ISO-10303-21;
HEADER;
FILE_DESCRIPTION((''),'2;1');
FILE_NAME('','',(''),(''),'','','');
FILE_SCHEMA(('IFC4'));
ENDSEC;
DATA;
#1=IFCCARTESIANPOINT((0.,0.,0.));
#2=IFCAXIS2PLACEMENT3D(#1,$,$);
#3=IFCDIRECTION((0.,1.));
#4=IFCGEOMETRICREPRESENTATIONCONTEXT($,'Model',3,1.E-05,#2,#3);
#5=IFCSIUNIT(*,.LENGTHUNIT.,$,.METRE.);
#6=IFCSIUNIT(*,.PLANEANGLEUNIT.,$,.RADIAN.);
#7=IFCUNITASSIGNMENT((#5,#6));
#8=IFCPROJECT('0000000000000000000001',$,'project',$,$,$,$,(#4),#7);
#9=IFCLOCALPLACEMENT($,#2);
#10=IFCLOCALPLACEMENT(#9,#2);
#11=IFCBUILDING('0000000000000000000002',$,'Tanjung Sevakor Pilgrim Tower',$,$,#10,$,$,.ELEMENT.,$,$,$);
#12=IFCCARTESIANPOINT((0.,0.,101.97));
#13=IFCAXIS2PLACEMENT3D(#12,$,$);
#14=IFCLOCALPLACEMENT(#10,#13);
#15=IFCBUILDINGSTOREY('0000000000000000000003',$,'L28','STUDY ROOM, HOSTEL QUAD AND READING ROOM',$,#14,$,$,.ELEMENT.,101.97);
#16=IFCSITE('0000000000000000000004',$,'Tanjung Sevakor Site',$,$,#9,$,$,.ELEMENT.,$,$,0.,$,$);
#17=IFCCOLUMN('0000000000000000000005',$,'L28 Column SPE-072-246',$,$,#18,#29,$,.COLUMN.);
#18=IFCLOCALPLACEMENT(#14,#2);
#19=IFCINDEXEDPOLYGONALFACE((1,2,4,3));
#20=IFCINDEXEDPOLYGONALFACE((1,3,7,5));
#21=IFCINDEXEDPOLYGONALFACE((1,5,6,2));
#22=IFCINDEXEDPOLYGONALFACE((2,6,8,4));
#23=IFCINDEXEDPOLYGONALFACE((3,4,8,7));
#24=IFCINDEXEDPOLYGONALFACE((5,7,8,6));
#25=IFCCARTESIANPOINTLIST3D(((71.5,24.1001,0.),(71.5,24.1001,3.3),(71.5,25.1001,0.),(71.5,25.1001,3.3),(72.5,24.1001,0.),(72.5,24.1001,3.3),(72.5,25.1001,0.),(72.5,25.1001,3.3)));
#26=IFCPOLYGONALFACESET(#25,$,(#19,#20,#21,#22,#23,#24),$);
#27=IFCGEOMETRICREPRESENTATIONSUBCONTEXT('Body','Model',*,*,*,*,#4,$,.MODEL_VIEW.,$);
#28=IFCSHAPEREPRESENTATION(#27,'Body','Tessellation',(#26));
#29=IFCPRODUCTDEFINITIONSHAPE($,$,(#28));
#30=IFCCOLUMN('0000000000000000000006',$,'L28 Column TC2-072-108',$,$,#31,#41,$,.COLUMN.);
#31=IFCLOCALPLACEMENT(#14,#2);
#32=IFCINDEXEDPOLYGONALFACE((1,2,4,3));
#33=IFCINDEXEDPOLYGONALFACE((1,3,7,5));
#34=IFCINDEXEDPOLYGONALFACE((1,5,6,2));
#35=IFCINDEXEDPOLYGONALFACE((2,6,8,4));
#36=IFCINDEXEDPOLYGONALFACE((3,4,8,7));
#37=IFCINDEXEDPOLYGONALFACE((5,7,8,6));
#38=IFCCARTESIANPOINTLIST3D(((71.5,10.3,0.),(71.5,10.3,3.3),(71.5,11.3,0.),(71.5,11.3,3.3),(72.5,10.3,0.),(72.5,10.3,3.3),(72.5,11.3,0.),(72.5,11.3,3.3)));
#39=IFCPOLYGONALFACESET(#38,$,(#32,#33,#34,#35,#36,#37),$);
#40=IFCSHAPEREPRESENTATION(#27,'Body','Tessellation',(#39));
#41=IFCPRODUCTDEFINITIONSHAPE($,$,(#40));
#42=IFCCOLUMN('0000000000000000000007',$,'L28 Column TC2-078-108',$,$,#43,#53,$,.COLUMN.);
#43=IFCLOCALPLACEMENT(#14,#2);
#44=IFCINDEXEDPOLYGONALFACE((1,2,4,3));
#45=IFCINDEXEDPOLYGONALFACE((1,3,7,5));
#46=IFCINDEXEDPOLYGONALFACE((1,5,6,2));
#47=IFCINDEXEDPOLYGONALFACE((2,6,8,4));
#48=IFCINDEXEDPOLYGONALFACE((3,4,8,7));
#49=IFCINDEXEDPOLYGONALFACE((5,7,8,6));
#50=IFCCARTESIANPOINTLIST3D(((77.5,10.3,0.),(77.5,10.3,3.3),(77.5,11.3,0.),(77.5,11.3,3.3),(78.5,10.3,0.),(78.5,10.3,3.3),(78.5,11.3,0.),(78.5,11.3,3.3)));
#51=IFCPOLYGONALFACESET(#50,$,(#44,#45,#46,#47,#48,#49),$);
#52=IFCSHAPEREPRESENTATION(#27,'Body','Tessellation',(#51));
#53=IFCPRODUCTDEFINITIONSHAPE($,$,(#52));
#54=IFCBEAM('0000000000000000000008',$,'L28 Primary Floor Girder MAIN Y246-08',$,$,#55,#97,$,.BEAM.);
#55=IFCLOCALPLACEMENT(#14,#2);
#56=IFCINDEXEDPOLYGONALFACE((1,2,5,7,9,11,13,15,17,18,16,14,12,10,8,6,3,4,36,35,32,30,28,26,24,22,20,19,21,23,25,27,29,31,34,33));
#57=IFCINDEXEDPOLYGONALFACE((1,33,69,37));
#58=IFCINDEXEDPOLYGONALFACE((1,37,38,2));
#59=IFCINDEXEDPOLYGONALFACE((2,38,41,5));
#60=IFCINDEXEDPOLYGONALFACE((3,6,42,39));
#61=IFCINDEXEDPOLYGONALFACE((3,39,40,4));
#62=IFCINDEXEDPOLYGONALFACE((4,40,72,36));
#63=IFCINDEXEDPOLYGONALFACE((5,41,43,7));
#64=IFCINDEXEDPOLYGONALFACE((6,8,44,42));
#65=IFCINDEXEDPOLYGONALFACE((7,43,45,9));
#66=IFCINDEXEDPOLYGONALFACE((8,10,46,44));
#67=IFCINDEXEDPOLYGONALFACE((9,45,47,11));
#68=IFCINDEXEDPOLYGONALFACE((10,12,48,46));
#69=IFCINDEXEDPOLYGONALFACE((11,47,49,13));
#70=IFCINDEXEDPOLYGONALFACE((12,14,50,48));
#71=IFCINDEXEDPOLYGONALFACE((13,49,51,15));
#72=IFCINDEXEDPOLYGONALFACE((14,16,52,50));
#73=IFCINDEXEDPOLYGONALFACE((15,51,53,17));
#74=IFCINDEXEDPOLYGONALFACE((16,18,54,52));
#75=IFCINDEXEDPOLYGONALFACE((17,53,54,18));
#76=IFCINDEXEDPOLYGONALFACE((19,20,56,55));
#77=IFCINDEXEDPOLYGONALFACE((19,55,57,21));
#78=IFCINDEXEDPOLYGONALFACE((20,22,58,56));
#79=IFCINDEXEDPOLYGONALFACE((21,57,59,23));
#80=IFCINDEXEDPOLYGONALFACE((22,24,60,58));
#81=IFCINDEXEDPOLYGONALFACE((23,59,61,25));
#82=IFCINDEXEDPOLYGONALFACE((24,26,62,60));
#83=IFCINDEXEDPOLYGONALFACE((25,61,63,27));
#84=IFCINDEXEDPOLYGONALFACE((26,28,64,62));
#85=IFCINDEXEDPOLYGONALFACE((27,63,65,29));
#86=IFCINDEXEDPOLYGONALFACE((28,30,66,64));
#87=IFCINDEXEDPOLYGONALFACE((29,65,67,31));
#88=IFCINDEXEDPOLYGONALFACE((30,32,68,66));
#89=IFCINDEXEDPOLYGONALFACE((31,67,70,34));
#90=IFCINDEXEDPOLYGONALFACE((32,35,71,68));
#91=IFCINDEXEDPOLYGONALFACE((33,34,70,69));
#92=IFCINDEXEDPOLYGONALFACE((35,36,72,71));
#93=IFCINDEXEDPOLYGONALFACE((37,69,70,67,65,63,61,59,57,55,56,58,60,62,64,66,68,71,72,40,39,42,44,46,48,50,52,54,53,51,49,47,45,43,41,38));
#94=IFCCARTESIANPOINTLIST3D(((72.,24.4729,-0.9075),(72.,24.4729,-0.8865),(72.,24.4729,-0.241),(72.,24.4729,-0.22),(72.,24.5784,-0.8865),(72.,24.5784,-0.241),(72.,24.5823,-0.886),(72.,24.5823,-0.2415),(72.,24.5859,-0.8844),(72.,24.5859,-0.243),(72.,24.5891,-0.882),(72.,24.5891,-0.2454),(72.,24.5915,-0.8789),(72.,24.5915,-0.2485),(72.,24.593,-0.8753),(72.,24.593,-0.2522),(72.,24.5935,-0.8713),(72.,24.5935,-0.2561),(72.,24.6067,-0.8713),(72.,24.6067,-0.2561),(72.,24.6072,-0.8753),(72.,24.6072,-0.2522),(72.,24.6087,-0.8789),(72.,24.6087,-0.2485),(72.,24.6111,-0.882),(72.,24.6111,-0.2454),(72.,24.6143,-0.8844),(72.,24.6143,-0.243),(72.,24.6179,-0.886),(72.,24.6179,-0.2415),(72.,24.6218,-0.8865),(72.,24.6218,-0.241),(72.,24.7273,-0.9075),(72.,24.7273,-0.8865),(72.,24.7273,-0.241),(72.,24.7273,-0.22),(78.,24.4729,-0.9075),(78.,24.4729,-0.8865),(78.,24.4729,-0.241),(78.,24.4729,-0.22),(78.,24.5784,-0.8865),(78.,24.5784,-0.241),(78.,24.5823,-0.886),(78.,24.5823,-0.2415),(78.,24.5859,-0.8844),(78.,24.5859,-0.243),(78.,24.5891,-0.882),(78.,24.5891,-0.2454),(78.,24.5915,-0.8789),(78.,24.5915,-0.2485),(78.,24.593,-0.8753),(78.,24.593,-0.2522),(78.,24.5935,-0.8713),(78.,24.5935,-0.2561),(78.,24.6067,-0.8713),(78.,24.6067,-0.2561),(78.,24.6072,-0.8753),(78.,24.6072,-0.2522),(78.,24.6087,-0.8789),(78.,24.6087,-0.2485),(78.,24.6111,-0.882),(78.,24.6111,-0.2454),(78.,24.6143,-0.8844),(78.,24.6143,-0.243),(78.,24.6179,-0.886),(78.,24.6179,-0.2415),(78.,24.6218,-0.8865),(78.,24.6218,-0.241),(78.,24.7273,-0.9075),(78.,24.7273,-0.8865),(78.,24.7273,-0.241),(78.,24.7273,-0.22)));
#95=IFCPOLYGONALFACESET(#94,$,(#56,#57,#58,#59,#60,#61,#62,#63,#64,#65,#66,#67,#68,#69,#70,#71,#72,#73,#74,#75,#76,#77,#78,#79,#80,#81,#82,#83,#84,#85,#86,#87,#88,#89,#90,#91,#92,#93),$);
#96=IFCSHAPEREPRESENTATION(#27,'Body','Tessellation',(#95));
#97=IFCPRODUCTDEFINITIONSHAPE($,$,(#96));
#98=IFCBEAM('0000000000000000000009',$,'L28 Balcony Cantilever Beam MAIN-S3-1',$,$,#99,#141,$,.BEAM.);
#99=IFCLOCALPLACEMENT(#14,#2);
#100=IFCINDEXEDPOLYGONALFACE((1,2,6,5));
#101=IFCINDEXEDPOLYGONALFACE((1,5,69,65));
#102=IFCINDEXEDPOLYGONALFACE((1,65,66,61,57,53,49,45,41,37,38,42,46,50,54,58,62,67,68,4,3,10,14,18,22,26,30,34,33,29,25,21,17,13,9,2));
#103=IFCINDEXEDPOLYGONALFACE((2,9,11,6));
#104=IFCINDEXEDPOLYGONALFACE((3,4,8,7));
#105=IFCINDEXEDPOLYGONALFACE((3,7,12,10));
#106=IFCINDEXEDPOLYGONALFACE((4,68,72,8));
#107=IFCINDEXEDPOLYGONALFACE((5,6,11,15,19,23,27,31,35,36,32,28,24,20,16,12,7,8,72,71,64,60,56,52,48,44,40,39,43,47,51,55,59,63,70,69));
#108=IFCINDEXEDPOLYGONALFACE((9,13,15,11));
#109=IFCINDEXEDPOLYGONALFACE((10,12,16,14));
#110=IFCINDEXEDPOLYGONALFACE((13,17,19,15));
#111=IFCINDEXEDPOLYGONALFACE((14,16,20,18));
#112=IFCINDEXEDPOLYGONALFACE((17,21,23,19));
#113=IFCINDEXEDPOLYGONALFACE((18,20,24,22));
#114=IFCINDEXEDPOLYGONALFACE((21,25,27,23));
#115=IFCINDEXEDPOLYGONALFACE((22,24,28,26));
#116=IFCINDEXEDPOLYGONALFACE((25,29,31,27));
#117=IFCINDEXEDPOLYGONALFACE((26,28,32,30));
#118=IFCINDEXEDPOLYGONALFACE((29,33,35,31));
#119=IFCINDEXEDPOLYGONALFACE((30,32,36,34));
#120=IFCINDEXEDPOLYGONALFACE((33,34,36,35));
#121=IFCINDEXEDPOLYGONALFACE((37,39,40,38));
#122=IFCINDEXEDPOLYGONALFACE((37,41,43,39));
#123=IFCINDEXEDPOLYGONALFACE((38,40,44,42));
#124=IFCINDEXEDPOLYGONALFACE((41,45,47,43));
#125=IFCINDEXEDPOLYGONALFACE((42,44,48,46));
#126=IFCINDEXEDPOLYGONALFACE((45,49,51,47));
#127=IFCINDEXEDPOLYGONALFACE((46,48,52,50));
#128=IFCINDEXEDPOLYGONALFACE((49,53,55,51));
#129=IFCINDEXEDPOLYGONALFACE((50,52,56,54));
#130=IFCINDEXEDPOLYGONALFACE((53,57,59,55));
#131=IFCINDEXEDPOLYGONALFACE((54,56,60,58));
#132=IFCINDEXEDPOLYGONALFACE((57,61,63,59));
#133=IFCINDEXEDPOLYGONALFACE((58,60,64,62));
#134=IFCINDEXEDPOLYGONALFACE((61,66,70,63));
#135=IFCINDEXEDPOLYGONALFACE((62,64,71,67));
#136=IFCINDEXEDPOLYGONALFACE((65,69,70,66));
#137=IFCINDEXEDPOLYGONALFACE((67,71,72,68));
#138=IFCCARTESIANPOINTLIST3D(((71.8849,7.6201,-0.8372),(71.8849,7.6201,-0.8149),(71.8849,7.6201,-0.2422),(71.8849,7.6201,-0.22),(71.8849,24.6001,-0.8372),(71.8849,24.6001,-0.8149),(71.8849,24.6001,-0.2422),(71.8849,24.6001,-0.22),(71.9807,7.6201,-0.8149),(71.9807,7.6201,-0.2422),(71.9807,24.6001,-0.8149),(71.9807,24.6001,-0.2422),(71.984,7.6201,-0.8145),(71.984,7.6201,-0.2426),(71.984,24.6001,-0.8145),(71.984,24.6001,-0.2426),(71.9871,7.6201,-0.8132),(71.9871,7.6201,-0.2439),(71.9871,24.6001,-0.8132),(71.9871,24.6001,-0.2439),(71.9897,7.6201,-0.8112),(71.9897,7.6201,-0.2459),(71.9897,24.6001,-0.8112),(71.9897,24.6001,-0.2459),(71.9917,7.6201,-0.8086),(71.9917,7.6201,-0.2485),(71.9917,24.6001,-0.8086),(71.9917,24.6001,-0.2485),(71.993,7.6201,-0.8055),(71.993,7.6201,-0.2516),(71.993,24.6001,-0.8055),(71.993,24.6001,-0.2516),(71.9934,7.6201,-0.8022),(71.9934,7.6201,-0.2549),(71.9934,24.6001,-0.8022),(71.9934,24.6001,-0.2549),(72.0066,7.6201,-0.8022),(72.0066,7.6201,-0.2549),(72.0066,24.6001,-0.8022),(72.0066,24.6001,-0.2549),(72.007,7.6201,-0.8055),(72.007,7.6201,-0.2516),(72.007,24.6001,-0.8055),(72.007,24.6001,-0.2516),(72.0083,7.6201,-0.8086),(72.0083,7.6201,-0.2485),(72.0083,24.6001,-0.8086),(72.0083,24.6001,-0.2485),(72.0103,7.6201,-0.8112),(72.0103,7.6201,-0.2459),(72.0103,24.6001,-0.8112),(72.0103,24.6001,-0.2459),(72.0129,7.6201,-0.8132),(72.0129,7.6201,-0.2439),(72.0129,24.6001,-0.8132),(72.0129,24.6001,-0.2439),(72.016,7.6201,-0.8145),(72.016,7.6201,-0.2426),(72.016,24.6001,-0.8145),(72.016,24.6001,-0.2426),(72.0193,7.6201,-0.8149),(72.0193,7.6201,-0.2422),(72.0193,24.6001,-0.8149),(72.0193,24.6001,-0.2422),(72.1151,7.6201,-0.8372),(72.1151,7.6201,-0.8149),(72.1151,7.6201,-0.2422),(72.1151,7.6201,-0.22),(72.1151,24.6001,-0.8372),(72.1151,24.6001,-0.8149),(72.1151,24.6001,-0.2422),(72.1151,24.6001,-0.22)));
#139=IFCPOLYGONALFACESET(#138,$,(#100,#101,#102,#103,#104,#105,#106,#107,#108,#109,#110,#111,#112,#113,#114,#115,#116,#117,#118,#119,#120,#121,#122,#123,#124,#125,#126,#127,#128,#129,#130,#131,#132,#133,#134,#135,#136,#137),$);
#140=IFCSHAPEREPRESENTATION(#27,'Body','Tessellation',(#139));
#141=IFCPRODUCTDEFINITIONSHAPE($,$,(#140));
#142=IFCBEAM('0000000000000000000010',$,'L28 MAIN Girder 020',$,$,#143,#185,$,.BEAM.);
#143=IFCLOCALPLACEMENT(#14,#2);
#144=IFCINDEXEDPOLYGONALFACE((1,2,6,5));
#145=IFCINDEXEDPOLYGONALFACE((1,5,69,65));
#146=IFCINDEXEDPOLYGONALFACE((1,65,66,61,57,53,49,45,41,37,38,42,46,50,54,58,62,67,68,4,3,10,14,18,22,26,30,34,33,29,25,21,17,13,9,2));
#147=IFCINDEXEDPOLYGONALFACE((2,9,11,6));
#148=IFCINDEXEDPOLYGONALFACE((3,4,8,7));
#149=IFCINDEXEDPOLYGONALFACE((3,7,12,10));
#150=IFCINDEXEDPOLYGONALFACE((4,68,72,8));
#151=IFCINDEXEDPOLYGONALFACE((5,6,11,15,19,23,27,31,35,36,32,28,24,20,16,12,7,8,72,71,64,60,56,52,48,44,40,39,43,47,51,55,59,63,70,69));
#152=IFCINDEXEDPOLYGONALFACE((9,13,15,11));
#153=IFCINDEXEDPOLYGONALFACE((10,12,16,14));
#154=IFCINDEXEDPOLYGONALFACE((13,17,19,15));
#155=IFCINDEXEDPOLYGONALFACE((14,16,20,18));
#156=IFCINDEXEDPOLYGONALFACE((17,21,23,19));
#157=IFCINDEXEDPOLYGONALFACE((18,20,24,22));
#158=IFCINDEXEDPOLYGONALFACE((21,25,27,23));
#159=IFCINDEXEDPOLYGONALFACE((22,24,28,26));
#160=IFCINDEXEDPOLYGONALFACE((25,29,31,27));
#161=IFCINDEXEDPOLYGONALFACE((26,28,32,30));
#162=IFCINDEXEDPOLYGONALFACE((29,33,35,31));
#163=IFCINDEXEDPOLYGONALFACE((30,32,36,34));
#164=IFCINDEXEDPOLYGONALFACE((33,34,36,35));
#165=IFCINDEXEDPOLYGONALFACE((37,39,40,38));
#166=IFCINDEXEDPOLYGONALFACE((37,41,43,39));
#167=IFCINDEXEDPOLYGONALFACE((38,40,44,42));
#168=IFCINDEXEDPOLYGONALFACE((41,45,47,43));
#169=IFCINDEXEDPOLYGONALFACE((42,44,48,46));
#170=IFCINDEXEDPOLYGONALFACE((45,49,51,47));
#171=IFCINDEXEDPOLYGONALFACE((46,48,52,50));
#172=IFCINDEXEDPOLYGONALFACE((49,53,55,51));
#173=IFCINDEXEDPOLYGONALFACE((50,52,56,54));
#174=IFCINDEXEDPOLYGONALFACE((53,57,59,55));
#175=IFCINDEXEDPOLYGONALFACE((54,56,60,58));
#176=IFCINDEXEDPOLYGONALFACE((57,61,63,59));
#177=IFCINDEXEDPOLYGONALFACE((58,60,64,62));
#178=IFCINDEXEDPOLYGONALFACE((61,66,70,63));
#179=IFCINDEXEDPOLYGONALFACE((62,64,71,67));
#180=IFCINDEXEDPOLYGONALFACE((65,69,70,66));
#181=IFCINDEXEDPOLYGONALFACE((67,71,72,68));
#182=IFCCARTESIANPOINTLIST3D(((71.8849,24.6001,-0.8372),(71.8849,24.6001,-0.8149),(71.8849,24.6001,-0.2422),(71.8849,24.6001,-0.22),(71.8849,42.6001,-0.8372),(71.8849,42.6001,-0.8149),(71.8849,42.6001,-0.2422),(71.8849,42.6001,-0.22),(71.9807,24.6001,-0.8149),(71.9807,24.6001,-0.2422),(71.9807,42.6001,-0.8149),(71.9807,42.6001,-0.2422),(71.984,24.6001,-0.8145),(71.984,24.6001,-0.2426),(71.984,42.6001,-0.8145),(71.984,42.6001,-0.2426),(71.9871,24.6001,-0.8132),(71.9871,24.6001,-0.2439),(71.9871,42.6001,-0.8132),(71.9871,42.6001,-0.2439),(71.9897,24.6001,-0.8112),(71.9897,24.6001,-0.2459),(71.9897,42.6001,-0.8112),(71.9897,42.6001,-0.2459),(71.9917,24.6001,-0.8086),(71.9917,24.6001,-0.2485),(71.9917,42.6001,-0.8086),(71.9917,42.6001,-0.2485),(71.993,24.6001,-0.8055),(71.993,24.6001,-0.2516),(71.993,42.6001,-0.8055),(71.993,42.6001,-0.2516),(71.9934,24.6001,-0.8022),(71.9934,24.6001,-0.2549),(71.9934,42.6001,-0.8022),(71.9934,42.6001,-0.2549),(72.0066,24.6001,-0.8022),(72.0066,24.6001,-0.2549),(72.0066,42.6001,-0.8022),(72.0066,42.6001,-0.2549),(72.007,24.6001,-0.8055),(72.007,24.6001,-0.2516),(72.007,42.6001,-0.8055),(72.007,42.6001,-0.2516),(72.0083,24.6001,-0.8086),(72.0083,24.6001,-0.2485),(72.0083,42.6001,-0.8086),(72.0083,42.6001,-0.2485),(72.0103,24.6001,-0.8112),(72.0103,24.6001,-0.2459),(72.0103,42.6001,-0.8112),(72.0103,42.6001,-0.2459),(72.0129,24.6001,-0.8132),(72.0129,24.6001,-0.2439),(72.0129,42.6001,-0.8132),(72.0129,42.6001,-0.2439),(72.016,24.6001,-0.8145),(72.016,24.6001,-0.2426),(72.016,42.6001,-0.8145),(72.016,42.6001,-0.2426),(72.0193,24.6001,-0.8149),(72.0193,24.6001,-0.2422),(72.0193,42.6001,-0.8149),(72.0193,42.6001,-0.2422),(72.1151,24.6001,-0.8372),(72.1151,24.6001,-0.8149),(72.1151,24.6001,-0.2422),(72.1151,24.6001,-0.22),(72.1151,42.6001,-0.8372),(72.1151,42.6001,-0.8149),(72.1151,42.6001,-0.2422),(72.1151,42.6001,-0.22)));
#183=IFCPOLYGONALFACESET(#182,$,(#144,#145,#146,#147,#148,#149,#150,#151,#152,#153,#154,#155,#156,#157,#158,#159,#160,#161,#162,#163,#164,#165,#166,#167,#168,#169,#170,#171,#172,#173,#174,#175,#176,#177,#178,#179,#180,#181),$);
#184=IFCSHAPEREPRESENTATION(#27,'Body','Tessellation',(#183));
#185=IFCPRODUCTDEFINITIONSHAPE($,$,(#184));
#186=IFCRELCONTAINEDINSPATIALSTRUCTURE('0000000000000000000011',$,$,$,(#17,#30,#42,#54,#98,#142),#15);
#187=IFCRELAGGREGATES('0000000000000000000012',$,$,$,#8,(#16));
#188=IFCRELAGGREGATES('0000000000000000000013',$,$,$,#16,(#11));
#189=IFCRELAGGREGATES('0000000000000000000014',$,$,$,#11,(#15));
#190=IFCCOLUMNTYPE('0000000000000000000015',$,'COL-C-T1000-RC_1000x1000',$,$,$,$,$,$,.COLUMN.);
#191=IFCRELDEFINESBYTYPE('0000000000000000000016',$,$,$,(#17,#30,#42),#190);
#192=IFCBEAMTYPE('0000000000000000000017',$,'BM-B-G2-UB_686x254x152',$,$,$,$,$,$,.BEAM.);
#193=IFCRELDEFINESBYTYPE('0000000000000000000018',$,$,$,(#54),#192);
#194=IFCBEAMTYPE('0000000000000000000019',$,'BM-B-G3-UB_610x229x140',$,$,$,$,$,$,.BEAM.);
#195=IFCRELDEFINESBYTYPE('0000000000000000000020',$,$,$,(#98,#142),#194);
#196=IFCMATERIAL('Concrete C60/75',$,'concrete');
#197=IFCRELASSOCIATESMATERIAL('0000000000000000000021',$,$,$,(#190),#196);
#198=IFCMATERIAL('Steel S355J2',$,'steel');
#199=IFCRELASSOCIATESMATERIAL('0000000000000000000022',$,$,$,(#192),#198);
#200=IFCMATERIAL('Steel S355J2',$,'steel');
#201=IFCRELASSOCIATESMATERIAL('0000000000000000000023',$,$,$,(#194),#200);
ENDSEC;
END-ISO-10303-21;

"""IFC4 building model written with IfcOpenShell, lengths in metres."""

from ifc_helpers import new_model, si_unit, direction, frame, origin, origin_2d, place, context, subcontext, project, spatial, rectangle, i_section, extrude, material, material_profile, profile_set, type_object, element, save


model = new_model("IFC4")

# Units and contexts
model_context = context("Model", 3, precision=1e-05, world=origin(), true_north=direction((0.0, 1.0)))
body_context = subcontext(model_context, "Body", "Model", "MODEL_VIEW")
ifc_project = project(units=[si_unit("LENGTHUNIT", "METRE"), si_unit("PLANEANGLEUNIT", "RADIAN")], contexts=[model_context])

# Site, building, storey
site_placement = place(None, origin())
site = spatial("IfcSite", under=ifc_project, at=site_placement, Name="Tanjung Sevakor Site", CompositionType="ELEMENT", RefElevation=0.0)
building_placement = place(site_placement, origin())
building = spatial("IfcBuilding", under=site, at=building_placement, Name="Tanjung Sevakor Pilgrim Tower", CompositionType="ELEMENT")
storey_placement = place(building_placement, frame((0.0, 0.0, 101.97)))
storey = spatial("IfcBuildingStorey", under=building, at=storey_placement, Name="L28", Description="STUDY ROOM, HOSTEL QUAD AND READING ROOM", CompositionType="ELEMENT", Elevation=101.97)

# Columns
ifc_material_1 = material(Name="Concrete C60/75", Category="concrete")
ifc_material_profile_1 = material_profile(ifc_material_1, rectangle(XDim=1.0, YDim=1.0, at=origin_2d()))
ifc_profile_set_1 = profile_set([ifc_material_profile_1], Name="Concrete C60/75")
column_type = type_object("IfcColumnType", Name="COL-C-T1000-RC_1000x1000", PredefinedType="COLUMN", material=ifc_profile_set_1)
for number, where, z_axis, x_axis, name in (
    (1, (72.0, 24.6001, 0.0), (0.0, 0.0, 1.0), (1.0, 0.0, 0.0), "L28 Column SPE-072-246"),
    (2, (72.0, 10.8, 0.0), (0.0, 0.0, 1.0), (1.0, 0.0, 0.0), "L28 Column TC2-072-108"),
    (3, (78.0, 10.8, 0.0), (0.0, 0.0, 1.0), (1.0, 0.0, 0.0), "L28 Column TC2-078-108"),
):
    element("IfcColumn", number, at=place(storey_placement, frame(where, z_axis=z_axis, x_axis=x_axis)), inside=storey, type_object=column_type, Name=name, PredefinedType="COLUMN", context=body_context, shape_type="SweptSolid", body=[
        extrude(rectangle(XDim=1.0, YDim=1.0, at=origin_2d()), origin(), (0.0, 0.0, 1.0), 3.3),
    ])

# Beams
ifc_material_2 = material(Name="Steel S355J2", Category="steel")
ifc_material_profile_2 = material_profile(ifc_material_2, i_section(OverallWidth=0.2544, OverallDepth=0.6875, WebThickness=0.0132, FlangeThickness=0.021, FilletRadius=0.0151, at=origin_2d()))
ifc_profile_set_2 = profile_set([ifc_material_profile_2], Name="Steel S355J2")
beam_type_1 = type_object("IfcBeamType", Name="BM-B-G2-UB_686x254x152", PredefinedType="BEAM", material=ifc_profile_set_2)
beam_1_placement = place(storey_placement, frame((72.0, 24.6001, -0.5637), z_axis=(1.0, 0.0, 0.0), x_axis=(0.0, 1.0, 0.0)))
element("IfcBeam", 4, at=beam_1_placement, inside=storey, type_object=beam_type_1, Name="L28 Primary Floor Girder MAIN Y246-08", PredefinedType="BEAM", context=body_context, shape_type="SweptSolid", body=[
    extrude(i_section(OverallWidth=0.2544, OverallDepth=0.6875, WebThickness=0.0132, FlangeThickness=0.021, FilletRadius=0.0151, at=origin_2d()), origin(), (0.0, 0.0, 1.0), 6.0),
])
ifc_material_3 = material(Name="Steel S355J2", Category="steel")
ifc_material_profile_3 = material_profile(ifc_material_3, i_section(OverallWidth=0.2302, OverallDepth=0.6172, WebThickness=0.0132, FlangeThickness=0.0222, FilletRadius=0.0127, at=origin_2d()))
ifc_profile_set_3 = profile_set([ifc_material_profile_3], Name="Steel S355J2")
beam_type_2 = type_object("IfcBeamType", Name="BM-B-G3-UB_610x229x140", PredefinedType="BEAM", material=ifc_profile_set_3)
beam_2_placement = place(storey_placement, frame((72.0, 24.6001, -0.5286), z_axis=(0.0, -1.0, 0.0), x_axis=(1.0, 0.0, 0.0)))
element("IfcBeam", 5, at=beam_2_placement, inside=storey, type_object=beam_type_2, Name="L28 Balcony Cantilever Beam MAIN-S3-1", PredefinedType="BEAM", context=body_context, shape_type="SweptSolid", body=[
    extrude(i_section(OverallWidth=0.2302, OverallDepth=0.6172, WebThickness=0.0132, FlangeThickness=0.0222, FilletRadius=0.0127, at=origin_2d()), origin(), (0.0, 0.0, 1.0), 16.98),
])
beam_3_placement = place(storey_placement, frame((72.0, 24.6001, -0.5286), z_axis=(0.0, 1.0, 0.0), x_axis=(-1.0, 0.0, 0.0)))
element("IfcBeam", 6, at=beam_3_placement, inside=storey, type_object=beam_type_2, Name="L28 MAIN Girder 020", PredefinedType="BEAM", context=body_context, shape_type="SweptSolid", body=[
    extrude(i_section(OverallWidth=0.2302, OverallDepth=0.6172, WebThickness=0.0132, FlangeThickness=0.0222, FilletRadius=0.0127, at=origin_2d()), origin(), (0.0, 0.0, 1.0), 18.0),
])

save(model, "model.ifc")
